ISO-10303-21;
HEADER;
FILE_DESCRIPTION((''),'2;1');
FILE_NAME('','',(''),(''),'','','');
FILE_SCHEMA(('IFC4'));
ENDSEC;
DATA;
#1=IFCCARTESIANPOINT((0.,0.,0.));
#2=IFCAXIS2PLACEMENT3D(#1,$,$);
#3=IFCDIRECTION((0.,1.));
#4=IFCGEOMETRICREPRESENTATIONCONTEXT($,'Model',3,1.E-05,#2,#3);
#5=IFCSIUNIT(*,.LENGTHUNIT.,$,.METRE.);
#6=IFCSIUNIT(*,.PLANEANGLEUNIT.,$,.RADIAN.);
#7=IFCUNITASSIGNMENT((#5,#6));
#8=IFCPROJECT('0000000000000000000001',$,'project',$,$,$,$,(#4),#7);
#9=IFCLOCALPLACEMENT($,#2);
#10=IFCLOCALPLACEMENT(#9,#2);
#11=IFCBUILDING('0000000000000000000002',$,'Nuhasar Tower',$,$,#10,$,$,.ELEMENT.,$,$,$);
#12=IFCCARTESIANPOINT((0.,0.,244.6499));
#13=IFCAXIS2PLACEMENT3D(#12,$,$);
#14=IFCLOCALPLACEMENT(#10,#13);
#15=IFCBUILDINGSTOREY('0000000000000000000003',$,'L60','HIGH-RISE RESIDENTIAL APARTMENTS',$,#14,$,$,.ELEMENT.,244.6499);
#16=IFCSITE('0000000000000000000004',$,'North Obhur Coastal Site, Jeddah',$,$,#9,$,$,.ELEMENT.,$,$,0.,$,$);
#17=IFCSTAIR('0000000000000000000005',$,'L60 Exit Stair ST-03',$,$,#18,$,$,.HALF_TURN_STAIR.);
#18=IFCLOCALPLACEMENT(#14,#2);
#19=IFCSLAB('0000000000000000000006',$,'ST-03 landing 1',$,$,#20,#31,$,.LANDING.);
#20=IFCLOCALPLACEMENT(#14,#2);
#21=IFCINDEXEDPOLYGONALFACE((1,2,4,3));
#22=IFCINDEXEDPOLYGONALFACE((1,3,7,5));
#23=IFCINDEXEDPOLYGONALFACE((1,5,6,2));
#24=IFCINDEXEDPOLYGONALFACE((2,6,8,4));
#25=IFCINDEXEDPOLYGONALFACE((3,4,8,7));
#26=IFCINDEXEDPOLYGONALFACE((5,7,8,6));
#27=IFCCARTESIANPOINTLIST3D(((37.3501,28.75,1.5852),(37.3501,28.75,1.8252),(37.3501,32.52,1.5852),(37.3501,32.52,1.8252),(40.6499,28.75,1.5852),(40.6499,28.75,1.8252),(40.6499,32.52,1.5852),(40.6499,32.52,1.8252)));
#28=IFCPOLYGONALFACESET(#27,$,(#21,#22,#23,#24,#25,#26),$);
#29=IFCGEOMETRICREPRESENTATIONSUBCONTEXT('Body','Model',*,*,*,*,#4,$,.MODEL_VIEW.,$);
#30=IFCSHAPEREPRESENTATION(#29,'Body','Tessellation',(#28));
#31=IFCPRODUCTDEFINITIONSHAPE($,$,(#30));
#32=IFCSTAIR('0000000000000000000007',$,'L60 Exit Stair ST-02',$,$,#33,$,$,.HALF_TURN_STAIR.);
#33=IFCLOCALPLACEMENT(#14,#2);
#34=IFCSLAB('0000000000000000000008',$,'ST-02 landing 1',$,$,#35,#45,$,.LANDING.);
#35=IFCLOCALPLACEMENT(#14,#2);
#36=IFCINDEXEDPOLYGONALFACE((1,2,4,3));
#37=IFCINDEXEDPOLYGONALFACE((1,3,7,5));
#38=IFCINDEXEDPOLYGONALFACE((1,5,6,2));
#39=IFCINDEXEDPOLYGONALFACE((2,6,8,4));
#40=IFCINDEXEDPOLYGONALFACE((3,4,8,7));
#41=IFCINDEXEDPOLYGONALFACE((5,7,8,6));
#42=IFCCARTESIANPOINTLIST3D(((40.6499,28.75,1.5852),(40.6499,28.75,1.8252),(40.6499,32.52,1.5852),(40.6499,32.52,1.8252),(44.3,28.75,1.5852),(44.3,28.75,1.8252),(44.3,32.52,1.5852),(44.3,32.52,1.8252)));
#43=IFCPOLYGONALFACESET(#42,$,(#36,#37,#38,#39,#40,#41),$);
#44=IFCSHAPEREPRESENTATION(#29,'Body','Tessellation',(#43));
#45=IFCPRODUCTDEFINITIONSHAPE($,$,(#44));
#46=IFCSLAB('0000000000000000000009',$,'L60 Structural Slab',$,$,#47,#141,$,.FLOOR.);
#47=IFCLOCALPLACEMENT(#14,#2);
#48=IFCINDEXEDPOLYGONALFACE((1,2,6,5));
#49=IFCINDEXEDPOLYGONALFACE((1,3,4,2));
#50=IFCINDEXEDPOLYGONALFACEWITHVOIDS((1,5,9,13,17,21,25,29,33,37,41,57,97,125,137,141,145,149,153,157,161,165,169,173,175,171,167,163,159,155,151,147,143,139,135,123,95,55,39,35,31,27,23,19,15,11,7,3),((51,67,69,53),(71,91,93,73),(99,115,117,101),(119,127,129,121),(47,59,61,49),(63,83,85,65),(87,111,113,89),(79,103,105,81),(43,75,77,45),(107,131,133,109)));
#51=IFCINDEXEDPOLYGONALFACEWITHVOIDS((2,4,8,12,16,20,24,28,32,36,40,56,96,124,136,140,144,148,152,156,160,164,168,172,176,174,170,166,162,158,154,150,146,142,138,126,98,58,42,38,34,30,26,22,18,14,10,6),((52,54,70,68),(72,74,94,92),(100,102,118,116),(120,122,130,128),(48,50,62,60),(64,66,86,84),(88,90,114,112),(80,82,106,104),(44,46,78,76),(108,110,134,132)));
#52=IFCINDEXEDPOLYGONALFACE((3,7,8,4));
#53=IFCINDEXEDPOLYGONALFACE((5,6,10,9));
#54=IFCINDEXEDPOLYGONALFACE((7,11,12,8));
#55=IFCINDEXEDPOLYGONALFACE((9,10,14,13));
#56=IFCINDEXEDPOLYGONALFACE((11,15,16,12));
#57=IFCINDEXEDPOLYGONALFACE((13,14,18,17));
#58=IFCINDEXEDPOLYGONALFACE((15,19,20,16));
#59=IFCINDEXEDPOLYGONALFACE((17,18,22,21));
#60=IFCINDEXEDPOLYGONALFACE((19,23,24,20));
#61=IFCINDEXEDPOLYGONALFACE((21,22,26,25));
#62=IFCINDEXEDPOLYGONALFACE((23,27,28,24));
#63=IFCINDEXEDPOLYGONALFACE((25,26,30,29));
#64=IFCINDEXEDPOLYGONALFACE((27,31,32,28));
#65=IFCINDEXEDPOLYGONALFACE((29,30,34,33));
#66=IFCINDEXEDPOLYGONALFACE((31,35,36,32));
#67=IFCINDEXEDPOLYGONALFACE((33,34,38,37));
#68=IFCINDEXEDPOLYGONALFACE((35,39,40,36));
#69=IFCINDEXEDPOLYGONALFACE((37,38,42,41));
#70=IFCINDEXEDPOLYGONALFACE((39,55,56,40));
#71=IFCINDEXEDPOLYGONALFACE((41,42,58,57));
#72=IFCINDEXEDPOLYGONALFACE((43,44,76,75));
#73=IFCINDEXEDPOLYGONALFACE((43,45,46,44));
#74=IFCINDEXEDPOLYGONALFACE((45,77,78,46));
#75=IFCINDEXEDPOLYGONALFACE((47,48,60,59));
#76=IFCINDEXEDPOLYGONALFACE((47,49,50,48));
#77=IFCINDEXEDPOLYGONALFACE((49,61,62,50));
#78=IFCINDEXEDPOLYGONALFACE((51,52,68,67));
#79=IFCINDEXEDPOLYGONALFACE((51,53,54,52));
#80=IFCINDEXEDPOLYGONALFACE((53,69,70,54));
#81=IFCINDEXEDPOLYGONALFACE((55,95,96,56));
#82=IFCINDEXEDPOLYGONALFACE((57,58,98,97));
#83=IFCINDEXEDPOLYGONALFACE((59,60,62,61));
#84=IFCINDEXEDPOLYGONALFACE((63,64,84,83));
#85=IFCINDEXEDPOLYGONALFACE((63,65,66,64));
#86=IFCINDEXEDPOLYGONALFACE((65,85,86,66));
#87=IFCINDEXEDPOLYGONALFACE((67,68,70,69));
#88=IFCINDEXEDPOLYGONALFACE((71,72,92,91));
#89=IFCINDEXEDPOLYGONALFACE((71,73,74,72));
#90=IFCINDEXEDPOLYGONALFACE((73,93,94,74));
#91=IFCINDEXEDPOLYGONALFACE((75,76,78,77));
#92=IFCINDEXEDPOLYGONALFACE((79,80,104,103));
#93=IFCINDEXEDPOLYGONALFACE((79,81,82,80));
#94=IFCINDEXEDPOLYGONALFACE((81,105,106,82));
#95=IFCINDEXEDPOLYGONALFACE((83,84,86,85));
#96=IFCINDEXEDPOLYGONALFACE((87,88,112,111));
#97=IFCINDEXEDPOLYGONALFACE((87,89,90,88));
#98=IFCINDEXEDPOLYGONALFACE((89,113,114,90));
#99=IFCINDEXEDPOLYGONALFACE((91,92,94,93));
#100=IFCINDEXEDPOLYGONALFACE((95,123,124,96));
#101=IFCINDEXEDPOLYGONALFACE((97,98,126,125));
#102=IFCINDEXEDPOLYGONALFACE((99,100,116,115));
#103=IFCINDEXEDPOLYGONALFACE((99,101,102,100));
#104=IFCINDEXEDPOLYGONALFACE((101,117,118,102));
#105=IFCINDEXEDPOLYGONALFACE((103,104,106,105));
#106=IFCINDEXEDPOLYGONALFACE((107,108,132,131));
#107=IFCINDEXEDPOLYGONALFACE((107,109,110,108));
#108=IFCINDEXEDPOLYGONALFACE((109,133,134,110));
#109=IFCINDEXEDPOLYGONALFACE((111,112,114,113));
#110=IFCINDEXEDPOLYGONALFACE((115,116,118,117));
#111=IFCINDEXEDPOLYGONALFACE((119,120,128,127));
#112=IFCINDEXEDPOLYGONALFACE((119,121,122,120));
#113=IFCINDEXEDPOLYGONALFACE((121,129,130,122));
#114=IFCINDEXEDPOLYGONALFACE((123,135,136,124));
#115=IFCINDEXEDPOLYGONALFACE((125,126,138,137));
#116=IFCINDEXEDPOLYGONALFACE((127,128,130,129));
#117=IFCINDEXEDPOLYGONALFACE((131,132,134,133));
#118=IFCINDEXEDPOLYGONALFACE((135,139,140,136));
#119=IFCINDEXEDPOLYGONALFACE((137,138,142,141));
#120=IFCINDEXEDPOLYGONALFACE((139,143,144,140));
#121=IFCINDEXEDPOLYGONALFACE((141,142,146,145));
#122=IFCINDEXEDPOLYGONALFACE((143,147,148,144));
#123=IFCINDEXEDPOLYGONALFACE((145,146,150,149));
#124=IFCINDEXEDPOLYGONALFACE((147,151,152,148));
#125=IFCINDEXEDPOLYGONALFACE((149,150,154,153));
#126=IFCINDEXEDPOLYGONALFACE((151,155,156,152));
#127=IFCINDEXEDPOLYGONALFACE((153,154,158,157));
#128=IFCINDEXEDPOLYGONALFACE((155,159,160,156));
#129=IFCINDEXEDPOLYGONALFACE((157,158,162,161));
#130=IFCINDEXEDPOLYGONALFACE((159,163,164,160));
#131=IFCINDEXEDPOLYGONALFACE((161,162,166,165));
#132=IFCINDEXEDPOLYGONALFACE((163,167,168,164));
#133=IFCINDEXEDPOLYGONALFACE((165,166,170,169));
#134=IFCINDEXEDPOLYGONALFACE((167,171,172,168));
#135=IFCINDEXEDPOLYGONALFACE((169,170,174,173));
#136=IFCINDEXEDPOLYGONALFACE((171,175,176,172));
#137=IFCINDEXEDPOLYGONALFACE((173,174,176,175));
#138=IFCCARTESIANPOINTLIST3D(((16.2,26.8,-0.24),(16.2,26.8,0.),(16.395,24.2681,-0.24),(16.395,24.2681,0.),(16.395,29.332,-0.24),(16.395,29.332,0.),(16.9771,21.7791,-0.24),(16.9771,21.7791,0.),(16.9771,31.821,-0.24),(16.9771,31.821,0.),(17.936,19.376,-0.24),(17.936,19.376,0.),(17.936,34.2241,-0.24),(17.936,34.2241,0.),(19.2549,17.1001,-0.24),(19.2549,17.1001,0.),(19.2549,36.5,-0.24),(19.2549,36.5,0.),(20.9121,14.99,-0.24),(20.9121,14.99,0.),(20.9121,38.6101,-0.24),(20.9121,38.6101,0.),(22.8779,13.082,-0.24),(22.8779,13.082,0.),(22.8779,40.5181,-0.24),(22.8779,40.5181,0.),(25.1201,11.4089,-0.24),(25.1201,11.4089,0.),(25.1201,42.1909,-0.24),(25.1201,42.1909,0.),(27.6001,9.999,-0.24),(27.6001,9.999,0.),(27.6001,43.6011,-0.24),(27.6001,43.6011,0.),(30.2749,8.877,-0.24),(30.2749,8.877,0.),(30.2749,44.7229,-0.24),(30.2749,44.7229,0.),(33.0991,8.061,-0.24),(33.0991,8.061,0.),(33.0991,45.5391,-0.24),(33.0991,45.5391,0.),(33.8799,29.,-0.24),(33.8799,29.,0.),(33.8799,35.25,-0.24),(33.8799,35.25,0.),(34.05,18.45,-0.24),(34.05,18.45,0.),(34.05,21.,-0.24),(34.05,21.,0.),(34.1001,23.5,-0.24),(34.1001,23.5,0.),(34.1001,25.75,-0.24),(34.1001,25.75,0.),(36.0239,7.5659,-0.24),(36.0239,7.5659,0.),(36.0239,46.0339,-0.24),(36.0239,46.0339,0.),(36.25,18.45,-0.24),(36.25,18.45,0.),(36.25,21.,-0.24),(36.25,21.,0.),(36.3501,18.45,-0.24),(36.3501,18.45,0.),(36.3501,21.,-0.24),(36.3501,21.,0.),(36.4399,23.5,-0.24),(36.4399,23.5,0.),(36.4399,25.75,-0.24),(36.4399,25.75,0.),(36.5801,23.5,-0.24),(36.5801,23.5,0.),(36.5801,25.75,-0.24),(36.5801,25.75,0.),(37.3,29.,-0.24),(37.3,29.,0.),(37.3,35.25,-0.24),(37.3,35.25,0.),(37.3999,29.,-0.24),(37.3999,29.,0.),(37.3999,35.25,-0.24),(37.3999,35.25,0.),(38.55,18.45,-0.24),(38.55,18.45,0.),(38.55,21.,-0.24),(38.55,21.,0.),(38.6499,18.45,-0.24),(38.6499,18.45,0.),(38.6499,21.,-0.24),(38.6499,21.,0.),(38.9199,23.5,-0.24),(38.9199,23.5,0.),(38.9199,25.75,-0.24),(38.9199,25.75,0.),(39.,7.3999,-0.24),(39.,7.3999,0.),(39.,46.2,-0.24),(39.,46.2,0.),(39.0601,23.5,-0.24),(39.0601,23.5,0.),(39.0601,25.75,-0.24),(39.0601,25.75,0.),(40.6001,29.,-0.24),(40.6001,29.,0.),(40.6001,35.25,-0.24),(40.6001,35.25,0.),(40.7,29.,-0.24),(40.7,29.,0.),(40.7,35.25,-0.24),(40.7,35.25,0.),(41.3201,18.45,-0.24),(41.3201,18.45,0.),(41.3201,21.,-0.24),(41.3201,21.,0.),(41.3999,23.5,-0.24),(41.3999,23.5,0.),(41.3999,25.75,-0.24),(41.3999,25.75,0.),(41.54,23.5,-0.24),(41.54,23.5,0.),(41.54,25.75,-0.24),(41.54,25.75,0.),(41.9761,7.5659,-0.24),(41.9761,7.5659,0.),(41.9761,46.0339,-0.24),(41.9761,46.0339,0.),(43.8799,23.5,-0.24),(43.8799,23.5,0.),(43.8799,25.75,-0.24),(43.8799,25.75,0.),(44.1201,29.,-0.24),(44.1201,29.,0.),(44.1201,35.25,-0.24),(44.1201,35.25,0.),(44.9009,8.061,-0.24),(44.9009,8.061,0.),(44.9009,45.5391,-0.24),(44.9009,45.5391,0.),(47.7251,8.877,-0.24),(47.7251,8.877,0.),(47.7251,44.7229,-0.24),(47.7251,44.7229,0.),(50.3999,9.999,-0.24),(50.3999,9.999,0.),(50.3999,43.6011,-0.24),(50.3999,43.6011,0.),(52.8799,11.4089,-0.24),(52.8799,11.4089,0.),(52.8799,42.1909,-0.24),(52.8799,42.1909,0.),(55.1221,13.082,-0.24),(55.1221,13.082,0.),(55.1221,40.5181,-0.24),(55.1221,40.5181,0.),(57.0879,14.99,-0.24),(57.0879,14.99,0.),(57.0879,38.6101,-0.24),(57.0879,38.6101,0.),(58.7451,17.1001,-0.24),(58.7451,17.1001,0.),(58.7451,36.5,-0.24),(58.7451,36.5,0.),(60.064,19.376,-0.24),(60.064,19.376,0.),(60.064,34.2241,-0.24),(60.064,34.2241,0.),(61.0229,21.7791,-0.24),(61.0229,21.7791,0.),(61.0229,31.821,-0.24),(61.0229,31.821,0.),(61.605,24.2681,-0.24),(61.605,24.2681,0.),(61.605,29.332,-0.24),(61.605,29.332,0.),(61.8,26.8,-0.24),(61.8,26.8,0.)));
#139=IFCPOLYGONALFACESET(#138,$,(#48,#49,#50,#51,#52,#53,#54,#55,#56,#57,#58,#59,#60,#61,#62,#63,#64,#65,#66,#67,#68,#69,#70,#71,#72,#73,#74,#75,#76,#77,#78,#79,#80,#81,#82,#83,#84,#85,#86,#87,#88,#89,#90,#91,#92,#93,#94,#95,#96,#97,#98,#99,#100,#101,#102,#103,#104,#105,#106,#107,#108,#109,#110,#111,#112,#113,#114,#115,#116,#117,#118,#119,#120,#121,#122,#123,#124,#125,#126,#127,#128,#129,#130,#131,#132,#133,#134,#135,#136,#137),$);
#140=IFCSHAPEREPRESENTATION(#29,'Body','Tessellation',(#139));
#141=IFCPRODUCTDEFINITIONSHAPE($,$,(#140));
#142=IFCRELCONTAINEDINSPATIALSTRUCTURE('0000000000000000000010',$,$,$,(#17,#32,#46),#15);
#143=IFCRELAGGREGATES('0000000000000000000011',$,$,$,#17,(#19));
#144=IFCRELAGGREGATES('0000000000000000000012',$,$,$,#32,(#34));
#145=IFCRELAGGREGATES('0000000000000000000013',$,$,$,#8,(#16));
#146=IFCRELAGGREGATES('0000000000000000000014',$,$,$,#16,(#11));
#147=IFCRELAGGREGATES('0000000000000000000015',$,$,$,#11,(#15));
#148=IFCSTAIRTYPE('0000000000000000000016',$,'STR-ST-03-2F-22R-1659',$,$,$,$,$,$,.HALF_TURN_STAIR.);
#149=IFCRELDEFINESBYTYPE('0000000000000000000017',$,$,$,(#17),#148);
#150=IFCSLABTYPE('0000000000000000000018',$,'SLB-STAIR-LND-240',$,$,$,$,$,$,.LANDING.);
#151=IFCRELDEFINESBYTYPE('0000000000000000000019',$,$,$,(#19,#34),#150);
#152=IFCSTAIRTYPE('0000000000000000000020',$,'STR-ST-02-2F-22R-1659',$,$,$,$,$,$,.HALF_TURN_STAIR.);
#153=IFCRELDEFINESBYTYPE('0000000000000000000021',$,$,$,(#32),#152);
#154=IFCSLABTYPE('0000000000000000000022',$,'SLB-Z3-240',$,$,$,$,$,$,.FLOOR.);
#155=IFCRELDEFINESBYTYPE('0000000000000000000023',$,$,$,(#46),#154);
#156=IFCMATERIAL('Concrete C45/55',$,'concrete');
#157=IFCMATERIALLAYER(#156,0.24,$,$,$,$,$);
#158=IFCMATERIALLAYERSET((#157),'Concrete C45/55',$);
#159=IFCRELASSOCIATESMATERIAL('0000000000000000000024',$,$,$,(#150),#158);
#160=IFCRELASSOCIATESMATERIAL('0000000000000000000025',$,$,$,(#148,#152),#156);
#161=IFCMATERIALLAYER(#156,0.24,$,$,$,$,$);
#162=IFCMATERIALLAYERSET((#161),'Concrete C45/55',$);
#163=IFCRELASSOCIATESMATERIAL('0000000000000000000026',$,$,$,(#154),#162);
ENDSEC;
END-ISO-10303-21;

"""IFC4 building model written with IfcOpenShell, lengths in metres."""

from ifc_helpers import new_model, si_unit, direction, frame, origin, place, context, subcontext, project, spatial, polyline, outline, extrude, material, layer, layer_set, type_object, element, aggregate, save


model = new_model("IFC4")

# Units and contexts
model_context = context("Model", 3, precision=1e-05, world=origin(), true_north=direction((0.0, 1.0)))
body_context = subcontext(model_context, "Body", "Model", "MODEL_VIEW")
ifc_project = project(units=[si_unit("LENGTHUNIT", "METRE"), si_unit("PLANEANGLEUNIT", "RADIAN")], contexts=[model_context])

# Site, building, storey
site_placement = place(None, origin())
site = spatial("IfcSite", under=ifc_project, at=site_placement, Name="North Obhur Coastal Site, Jeddah", CompositionType="ELEMENT", RefElevation=0.0)
building_placement = place(site_placement, origin())
building = spatial("IfcBuilding", under=site, at=building_placement, Name="Nuhasar Tower", CompositionType="ELEMENT")
storey_placement = place(building_placement, frame((0.0, 0.0, 244.6499)))
storey = spatial("IfcBuildingStorey", under=building, at=storey_placement, Name="L60", Description="HIGH-RISE RESIDENTIAL APARTMENTS", CompositionType="ELEMENT", Elevation=244.6499)

# Stairs, slabs
ifc_material_1 = material(Name="Concrete C45/55", Category="concrete")
ifc_layer_1 = layer(ifc_material_1, 0.24)
ifc_layer_set_1 = layer_set([ifc_layer_1], Name="Concrete C45/55")
slab_type_1 = type_object("IfcSlabType", Name="SLB-STAIR-LND-240", PredefinedType="LANDING", material=ifc_layer_set_1)
stair_type_1 = type_object("IfcStairType", Name="STR-ST-03-2F-22R-1659", PredefinedType="HALF_TURN_STAIR", material=ifc_material_1)
stair_1_placement = place(storey_placement, origin())
stair_1 = element("IfcStair", 1, at=stair_1_placement, inside=storey, type_object=stair_type_1, Name="L60 Exit Stair ST-03", PredefinedType="HALF_TURN_STAIR")
slab_1_placement = place(storey_placement, frame((0.0, 0.0, 1.5852)))
slab_1 = element("IfcSlab", 2, at=slab_1_placement, type_object=slab_type_1, Name="ST-03 landing 1", PredefinedType="LANDING", context=body_context, shape_type="SweptSolid", body=[
    extrude(outline(polyline([(37.3501, 28.75), (40.6499, 28.75), (40.6499, 32.52), (37.3501, 32.52), (37.3501, 28.75)])), origin(), (0.0, 0.0, 1.0), 0.24),
])
aggregate(stair_1, [slab_1])
stair_type_2 = type_object("IfcStairType", Name="STR-ST-02-2F-22R-1659", PredefinedType="HALF_TURN_STAIR", material=ifc_material_1)
stair_2_placement = place(storey_placement, origin())
stair_2 = element("IfcStair", 3, at=stair_2_placement, inside=storey, type_object=stair_type_2, Name="L60 Exit Stair ST-02", PredefinedType="HALF_TURN_STAIR")
slab_2_placement = place(storey_placement, frame((0.0, 0.0, 1.5852)))
slab_2 = element("IfcSlab", 4, at=slab_2_placement, type_object=slab_type_1, Name="ST-02 landing 1", PredefinedType="LANDING", context=body_context, shape_type="SweptSolid", body=[
    extrude(outline(polyline([(40.6499, 28.75), (44.3, 28.75), (44.3, 32.52), (40.6499, 32.52), (40.6499, 28.75)])), origin(), (0.0, 0.0, 1.0), 0.24),
])
aggregate(stair_2, [slab_2])

# Slab
ifc_layer_2 = layer(ifc_material_1, 0.24)
ifc_layer_set_2 = layer_set([ifc_layer_2], Name="Concrete C45/55")
slab_type_2 = type_object("IfcSlabType", Name="SLB-Z3-240", PredefinedType="FLOOR", material=ifc_layer_set_2)
slab_3_placement = place(storey_placement, frame((0.0, 0.0, -0.24)))
element("IfcSlab", 5, at=slab_3_placement, inside=storey, type_object=slab_type_2, Name="L60 Structural Slab", PredefinedType="FLOOR", context=body_context, shape_type="SweptSolid", body=[
    extrude(outline(polyline([(61.8, 26.8), (61.605, 29.332), (61.0229, 31.821), (60.064, 34.2241), (58.7451, 36.5), (57.0879, 38.6101), (55.1221, 40.5181), (52.8799, 42.1909), (50.3999, 43.6011), (47.7251, 44.7229), (44.9009, 45.5391), (41.9761, 46.0339), (39.0, 46.2), (36.0239, 46.0339), (33.0991, 45.5391), (30.2749, 44.7229), (27.6001, 43.6011), (25.1201, 42.1909), (22.8779, 40.5181), (20.9121, 38.6101), (19.2549, 36.5), (17.936, 34.2241), (16.9771, 31.821), (16.395, 29.332), (16.2, 26.8), (16.395, 24.2681), (16.9771, 21.7791), (17.936, 19.376), (19.2549, 17.1001), (20.9121, 14.99), (22.8779, 13.082), (25.1201, 11.4089), (27.6001, 9.999), (30.2749, 8.877), (33.0991, 8.061), (36.0239, 7.5659), (39.0, 7.3999), (41.9761, 7.5659), (44.9009, 8.061), (47.7251, 8.877), (50.3999, 9.999), (52.8799, 11.4089), (55.1221, 13.082), (57.0879, 14.99), (58.7451, 17.1001), (60.064, 19.376), (61.0229, 21.7791), (61.605, 24.2681), (61.8, 26.8)]), holes=[polyline([(33.8799, 35.25), (37.3, 35.25), (37.3, 29.0), (33.8799, 29.0), (33.8799, 35.25)]), polyline([(37.3999, 35.25), (40.6001, 35.25), (40.6001, 29.0), (37.3999, 29.0), (37.3999, 35.25)]), polyline([(40.7, 35.25), (44.1201, 35.25), (44.1201, 29.0), (40.7, 29.0), (40.7, 35.25)]), polyline([(34.1001, 25.75), (36.4399, 25.75), (36.4399, 23.5), (34.1001, 23.5), (34.1001, 25.75)]), polyline([(36.5801, 25.75), (38.9199, 25.75), (38.9199, 23.5), (36.5801, 23.5), (36.5801, 25.75)]), polyline([(39.0601, 25.75), (41.3999, 25.75), (41.3999, 23.5), (39.0601, 23.5), (39.0601, 25.75)]), polyline([(41.54, 25.75), (43.8799, 25.75), (43.8799, 23.5), (41.54, 23.5), (41.54, 25.75)]), polyline([(34.05, 21.0), (36.25, 21.0), (36.25, 18.45), (34.05, 18.45), (34.05, 21.0)]), polyline([(36.3501, 21.0), (38.55, 21.0), (38.55, 18.45), (36.3501, 18.45), (36.3501, 21.0)]), polyline([(38.6499, 21.0), (41.3201, 21.0), (41.3201, 18.45), (38.6499, 18.45), (38.6499, 21.0)])]), origin(), (0.0, 0.0, 1.0), 0.24),
])

save(model, "model.ifc")
